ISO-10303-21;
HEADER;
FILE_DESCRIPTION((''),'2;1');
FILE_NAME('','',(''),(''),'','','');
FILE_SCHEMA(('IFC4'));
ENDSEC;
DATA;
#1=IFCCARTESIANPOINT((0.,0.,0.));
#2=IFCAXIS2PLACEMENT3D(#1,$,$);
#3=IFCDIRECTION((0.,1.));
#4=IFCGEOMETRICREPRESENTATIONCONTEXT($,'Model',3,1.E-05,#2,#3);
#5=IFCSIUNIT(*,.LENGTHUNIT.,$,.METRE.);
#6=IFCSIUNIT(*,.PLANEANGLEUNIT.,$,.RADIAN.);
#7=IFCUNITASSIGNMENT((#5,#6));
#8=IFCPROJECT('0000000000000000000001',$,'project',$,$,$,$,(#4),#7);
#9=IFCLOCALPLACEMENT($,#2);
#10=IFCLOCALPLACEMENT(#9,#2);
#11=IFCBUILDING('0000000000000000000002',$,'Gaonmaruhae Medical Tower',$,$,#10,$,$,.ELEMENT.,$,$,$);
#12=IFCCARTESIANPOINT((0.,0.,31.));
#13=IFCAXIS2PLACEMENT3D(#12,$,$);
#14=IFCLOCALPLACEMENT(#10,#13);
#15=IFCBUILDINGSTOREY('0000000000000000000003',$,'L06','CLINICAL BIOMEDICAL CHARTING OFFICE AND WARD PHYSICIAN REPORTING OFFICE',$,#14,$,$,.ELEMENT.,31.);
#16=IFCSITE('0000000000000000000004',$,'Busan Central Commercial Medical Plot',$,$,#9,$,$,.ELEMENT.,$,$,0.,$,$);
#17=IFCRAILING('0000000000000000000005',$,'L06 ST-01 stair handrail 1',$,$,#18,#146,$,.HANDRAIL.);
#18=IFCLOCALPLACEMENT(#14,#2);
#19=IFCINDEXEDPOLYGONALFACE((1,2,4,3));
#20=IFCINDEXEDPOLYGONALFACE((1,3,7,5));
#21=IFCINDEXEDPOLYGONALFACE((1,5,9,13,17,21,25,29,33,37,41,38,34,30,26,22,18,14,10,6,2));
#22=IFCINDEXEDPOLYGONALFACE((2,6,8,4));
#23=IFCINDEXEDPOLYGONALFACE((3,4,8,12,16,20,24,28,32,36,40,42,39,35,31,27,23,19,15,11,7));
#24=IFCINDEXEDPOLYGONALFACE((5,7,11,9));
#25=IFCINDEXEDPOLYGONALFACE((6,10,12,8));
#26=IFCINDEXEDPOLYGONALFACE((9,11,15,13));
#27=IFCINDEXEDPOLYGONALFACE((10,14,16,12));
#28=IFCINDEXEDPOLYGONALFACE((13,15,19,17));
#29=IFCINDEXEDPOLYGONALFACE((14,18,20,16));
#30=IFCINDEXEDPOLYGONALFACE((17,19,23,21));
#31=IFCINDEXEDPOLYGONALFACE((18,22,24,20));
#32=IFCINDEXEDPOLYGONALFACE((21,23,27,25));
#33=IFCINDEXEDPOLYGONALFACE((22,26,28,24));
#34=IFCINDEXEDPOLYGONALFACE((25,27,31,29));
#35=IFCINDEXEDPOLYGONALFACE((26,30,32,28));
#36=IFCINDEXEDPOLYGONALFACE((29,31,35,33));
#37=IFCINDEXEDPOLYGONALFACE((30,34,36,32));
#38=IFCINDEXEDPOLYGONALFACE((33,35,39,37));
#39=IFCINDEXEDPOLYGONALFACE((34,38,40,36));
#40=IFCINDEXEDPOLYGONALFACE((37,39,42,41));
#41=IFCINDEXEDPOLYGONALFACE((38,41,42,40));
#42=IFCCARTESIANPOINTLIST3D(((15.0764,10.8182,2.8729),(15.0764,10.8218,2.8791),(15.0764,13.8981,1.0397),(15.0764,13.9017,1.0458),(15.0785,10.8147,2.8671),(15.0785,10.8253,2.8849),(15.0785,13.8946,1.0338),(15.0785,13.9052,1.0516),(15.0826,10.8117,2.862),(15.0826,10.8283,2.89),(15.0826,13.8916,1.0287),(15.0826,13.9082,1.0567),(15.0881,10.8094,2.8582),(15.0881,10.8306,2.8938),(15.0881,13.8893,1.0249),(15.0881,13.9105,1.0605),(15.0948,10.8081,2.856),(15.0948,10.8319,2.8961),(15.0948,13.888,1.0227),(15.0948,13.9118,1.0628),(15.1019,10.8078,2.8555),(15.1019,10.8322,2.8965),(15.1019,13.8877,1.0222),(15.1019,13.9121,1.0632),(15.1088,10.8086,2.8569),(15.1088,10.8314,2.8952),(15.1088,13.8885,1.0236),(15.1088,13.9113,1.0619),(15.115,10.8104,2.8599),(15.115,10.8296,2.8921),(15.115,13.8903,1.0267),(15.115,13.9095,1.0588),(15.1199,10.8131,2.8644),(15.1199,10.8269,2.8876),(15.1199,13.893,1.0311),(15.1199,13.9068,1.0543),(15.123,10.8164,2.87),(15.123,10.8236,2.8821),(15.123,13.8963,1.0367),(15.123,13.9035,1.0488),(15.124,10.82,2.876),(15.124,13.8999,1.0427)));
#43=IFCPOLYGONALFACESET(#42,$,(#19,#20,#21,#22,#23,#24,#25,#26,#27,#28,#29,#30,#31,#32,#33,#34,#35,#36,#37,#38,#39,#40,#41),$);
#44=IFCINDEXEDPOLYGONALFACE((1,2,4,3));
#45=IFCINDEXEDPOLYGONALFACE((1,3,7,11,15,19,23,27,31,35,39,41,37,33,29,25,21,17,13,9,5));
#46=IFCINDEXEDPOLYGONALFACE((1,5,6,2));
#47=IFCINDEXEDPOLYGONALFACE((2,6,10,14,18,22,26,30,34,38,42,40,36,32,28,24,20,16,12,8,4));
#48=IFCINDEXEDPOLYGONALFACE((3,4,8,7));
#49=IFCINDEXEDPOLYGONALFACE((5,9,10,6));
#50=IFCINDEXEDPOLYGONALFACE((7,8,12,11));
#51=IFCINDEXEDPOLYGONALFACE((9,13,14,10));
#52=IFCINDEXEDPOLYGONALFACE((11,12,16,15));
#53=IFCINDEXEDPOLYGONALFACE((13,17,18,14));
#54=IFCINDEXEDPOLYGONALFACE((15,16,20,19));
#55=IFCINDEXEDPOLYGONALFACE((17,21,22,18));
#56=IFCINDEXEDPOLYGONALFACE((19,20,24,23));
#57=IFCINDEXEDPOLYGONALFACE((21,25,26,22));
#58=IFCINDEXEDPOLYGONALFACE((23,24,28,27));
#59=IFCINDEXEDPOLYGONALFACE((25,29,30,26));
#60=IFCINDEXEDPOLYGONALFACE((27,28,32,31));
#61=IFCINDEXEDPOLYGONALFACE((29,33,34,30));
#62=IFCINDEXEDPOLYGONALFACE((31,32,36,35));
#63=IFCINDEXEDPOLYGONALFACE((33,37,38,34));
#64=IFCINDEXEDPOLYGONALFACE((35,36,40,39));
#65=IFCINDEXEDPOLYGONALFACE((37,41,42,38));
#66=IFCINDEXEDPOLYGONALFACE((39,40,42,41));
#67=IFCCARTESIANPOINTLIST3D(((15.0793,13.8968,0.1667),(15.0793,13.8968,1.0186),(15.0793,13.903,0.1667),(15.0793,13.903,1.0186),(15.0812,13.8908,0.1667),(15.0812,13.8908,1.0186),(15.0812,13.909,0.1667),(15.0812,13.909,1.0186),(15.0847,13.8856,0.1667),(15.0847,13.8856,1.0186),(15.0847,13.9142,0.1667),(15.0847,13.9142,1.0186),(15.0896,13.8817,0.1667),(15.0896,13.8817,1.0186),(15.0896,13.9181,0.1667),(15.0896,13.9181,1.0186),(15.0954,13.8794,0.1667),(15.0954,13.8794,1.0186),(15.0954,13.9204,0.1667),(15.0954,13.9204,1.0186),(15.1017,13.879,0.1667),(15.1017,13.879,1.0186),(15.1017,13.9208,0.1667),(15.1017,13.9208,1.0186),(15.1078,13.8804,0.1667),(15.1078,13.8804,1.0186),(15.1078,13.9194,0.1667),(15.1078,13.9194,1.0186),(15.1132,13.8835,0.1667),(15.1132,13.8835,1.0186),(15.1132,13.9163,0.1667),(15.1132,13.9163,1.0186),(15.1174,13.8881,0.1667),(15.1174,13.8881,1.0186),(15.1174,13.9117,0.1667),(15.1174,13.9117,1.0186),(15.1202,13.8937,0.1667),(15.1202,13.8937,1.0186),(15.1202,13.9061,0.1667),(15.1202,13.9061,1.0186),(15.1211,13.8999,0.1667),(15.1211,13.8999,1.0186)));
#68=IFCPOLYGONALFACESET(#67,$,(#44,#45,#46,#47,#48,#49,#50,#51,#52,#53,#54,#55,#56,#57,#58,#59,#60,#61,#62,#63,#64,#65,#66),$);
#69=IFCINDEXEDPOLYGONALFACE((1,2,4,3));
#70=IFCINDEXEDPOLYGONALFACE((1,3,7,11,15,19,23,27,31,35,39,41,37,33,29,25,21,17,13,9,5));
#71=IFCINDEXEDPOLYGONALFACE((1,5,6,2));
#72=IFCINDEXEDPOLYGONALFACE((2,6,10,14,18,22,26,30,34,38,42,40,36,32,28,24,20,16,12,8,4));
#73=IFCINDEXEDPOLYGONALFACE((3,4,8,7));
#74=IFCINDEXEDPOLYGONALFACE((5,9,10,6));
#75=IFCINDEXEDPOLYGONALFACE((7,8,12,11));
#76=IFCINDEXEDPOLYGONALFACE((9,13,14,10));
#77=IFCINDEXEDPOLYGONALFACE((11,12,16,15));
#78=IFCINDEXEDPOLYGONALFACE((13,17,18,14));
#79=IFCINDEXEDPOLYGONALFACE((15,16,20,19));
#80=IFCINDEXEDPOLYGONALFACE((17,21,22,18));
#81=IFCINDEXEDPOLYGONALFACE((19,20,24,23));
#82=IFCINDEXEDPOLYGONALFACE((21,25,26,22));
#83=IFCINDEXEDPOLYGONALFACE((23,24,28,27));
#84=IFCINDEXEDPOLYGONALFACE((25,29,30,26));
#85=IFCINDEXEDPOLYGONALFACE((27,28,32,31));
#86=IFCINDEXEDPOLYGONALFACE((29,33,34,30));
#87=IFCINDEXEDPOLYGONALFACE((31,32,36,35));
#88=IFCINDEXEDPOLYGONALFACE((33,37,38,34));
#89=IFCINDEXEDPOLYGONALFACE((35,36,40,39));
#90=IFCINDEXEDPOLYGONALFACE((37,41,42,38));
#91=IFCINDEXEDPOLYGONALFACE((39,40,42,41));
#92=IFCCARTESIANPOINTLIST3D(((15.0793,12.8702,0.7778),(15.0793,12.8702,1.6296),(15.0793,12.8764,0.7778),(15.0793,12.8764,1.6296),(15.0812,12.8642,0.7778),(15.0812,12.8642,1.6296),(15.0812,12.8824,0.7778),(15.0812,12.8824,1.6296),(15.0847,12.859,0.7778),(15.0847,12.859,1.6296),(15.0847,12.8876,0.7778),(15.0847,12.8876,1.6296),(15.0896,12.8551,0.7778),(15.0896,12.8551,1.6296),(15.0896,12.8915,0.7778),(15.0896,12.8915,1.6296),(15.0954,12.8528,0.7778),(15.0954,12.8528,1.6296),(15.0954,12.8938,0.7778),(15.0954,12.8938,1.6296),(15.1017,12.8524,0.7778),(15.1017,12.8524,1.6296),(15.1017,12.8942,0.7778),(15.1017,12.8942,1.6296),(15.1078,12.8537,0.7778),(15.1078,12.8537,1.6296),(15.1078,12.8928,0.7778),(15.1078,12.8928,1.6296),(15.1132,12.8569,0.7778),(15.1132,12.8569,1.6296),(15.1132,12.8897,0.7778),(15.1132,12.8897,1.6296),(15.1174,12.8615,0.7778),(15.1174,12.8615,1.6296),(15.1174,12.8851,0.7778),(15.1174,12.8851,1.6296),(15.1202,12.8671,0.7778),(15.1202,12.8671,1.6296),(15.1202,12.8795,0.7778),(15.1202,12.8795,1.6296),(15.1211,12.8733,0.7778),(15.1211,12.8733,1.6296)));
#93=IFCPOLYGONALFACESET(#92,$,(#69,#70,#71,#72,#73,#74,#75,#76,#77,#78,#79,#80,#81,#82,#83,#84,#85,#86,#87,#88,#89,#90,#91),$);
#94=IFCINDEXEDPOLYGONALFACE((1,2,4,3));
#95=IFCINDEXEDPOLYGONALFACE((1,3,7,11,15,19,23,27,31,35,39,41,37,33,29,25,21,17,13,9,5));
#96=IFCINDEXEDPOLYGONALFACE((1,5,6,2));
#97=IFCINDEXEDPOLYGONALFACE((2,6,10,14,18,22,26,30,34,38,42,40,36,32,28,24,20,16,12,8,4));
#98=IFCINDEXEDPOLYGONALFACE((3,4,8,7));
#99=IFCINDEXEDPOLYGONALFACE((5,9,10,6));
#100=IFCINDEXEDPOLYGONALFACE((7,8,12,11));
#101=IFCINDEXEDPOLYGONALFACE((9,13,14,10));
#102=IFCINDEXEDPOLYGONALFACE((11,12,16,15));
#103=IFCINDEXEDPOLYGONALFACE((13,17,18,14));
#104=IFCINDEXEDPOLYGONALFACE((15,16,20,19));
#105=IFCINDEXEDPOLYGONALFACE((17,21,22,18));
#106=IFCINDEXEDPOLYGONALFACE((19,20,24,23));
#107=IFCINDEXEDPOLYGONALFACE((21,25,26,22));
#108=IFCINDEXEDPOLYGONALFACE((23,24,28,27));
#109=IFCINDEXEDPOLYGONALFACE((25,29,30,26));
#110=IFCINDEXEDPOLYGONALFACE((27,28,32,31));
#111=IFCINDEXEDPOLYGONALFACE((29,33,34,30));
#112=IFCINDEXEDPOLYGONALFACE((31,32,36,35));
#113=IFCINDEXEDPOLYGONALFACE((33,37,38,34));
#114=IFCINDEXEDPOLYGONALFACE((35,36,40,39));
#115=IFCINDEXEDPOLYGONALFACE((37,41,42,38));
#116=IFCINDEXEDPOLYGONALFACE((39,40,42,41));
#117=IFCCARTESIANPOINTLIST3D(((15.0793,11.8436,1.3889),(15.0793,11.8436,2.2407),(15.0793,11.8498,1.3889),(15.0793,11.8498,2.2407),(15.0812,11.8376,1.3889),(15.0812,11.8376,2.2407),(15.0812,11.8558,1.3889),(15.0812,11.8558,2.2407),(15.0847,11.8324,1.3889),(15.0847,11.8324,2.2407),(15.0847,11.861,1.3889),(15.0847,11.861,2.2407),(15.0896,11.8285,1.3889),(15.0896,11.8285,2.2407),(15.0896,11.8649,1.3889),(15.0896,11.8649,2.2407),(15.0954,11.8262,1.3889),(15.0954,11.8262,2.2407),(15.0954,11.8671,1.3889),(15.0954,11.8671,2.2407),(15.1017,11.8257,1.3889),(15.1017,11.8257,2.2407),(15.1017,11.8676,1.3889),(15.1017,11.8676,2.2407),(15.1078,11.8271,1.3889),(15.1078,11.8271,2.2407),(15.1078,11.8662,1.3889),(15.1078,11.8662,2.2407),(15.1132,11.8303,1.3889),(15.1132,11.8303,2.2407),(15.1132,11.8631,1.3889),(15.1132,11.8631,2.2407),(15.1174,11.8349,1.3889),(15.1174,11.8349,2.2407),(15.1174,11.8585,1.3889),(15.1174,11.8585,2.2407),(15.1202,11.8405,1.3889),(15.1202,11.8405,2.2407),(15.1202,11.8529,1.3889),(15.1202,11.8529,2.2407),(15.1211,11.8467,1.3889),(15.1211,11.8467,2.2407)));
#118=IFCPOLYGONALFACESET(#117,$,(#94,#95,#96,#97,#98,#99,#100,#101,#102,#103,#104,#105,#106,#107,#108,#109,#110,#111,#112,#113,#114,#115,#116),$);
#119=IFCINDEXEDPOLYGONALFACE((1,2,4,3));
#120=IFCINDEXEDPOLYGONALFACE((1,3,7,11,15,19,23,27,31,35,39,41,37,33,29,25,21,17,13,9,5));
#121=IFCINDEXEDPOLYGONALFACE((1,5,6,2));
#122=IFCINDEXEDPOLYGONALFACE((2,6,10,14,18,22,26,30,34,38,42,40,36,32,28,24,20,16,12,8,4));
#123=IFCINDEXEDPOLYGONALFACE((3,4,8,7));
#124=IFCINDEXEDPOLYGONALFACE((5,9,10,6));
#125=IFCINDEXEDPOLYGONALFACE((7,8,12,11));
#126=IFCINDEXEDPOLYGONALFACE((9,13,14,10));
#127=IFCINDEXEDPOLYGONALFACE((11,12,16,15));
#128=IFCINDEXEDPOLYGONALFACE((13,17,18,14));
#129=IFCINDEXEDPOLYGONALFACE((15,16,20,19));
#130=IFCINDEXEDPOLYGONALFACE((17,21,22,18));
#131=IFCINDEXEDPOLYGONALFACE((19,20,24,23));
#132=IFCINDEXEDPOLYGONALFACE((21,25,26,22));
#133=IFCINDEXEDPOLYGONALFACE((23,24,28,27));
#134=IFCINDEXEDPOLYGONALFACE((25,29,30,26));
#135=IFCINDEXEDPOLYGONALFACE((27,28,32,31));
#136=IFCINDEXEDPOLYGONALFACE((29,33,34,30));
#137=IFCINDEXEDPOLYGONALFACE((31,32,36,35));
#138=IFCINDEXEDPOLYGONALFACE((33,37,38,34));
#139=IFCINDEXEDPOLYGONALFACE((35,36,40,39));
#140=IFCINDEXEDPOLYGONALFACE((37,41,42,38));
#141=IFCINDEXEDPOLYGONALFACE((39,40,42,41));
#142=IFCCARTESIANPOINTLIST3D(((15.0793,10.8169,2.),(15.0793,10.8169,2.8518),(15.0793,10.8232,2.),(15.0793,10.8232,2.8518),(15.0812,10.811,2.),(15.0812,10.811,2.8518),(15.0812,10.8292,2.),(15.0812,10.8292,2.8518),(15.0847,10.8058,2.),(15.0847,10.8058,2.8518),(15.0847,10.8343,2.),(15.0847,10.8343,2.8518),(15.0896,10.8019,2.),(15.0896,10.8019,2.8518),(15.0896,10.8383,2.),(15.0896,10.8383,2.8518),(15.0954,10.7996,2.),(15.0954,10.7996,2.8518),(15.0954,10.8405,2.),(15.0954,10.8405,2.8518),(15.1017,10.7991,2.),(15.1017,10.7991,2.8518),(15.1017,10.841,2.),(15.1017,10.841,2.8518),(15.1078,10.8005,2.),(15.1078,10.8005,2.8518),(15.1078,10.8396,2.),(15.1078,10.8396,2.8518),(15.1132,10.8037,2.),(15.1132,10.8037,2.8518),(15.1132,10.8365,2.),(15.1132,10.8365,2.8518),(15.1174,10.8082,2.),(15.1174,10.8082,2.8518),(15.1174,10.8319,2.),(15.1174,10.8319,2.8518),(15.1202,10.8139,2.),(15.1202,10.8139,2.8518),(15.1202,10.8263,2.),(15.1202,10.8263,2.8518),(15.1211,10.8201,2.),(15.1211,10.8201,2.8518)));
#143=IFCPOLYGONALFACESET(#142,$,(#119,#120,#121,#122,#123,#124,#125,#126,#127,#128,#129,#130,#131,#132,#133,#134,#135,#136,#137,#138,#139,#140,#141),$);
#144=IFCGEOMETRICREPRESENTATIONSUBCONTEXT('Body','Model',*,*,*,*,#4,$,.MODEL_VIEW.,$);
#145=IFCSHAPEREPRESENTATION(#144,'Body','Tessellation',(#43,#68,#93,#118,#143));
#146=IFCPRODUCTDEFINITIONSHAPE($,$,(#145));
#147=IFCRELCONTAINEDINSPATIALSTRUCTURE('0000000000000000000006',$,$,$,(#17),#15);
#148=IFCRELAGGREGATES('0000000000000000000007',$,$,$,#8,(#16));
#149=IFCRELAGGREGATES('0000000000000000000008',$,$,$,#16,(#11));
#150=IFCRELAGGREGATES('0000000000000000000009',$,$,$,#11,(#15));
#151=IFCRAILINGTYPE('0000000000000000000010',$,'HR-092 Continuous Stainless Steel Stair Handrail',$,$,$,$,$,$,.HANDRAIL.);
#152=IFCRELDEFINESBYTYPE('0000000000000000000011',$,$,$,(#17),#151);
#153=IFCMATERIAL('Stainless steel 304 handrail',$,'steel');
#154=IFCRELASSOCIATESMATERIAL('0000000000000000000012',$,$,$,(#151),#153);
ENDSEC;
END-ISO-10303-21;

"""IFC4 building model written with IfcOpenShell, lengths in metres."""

from ifc_helpers import new_model, si_unit, direction, frame, origin, origin_2d, place, context, subcontext, project, spatial, circle, extrude, material, type_object, element, save


model = new_model("IFC4")

# Units and contexts
model_context = context("Model", 3, precision=1e-05, world=origin(), true_north=direction((0.0, 1.0)))
body_context = subcontext(model_context, "Body", "Model", "MODEL_VIEW")
ifc_project = project(units=[si_unit("LENGTHUNIT", "METRE"), si_unit("PLANEANGLEUNIT", "RADIAN")], contexts=[model_context])

# Site, building, storey
site_placement = place(None, origin())
site = spatial("IfcSite", under=ifc_project, at=site_placement, Name="Busan Central Commercial Medical Plot", CompositionType="ELEMENT", RefElevation=0.0)
building_placement = place(site_placement, origin())
building = spatial("IfcBuilding", under=site, at=building_placement, Name="Gaonmaruhae Medical Tower", CompositionType="ELEMENT")
storey_placement = place(building_placement, frame((0.0, 0.0, 31.0)))
storey = spatial("IfcBuildingStorey", under=building, at=storey_placement, Name="L06", Description="CLINICAL BIOMEDICAL CHARTING OFFICE AND WARD PHYSICIAN REPORTING OFFICE", CompositionType="ELEMENT", Elevation=31.0)

# Railing
ifc_material_1 = material(Name="Stainless steel 304 handrail", Category="steel")
railing_type_1 = type_object("IfcRailingType", Name="HR-092 Continuous Stainless Steel Stair Handrail", PredefinedType="HANDRAIL", material=ifc_material_1)
railing_1_placement = place(storey_placement, frame((15.1001, 13.8999, 0.1667)))
element("IfcRailing", 1, at=railing_1_placement, inside=storey, type_object=railing_type_1, Name="L06 ST-01 stair handrail 1", PredefinedType="HANDRAIL", context=body_context, shape_type="SweptSolid", body=[
    extrude(circle(Radius=0.0239, at=origin_2d()), frame((0.0, 0.0, 0.876), z_axis=(0.0, -0.859291, 0.511487), x_axis=(1.0, 0.0, 0.0)), (0.0, 0.0, 1.0), 3.5842),
    extrude(circle(Radius=0.021, at=origin_2d()), origin(), (0.0, 0.0, 1.0), 0.8518),
    extrude(circle(Radius=0.021, at=origin_2d()), frame((0.0, -1.0266, 0.6111)), (0.0, 0.0, 1.0), 0.8518),
    extrude(circle(Radius=0.021, at=origin_2d()), frame((0.0, -2.0532, 1.2222)), (0.0, 0.0, 1.0), 0.8518),
    extrude(circle(Radius=0.021, at=origin_2d()), frame((0.0, -3.0798, 1.8333)), (0.0, 0.0, 1.0), 0.8518),
])

save(model, "model.ifc")
